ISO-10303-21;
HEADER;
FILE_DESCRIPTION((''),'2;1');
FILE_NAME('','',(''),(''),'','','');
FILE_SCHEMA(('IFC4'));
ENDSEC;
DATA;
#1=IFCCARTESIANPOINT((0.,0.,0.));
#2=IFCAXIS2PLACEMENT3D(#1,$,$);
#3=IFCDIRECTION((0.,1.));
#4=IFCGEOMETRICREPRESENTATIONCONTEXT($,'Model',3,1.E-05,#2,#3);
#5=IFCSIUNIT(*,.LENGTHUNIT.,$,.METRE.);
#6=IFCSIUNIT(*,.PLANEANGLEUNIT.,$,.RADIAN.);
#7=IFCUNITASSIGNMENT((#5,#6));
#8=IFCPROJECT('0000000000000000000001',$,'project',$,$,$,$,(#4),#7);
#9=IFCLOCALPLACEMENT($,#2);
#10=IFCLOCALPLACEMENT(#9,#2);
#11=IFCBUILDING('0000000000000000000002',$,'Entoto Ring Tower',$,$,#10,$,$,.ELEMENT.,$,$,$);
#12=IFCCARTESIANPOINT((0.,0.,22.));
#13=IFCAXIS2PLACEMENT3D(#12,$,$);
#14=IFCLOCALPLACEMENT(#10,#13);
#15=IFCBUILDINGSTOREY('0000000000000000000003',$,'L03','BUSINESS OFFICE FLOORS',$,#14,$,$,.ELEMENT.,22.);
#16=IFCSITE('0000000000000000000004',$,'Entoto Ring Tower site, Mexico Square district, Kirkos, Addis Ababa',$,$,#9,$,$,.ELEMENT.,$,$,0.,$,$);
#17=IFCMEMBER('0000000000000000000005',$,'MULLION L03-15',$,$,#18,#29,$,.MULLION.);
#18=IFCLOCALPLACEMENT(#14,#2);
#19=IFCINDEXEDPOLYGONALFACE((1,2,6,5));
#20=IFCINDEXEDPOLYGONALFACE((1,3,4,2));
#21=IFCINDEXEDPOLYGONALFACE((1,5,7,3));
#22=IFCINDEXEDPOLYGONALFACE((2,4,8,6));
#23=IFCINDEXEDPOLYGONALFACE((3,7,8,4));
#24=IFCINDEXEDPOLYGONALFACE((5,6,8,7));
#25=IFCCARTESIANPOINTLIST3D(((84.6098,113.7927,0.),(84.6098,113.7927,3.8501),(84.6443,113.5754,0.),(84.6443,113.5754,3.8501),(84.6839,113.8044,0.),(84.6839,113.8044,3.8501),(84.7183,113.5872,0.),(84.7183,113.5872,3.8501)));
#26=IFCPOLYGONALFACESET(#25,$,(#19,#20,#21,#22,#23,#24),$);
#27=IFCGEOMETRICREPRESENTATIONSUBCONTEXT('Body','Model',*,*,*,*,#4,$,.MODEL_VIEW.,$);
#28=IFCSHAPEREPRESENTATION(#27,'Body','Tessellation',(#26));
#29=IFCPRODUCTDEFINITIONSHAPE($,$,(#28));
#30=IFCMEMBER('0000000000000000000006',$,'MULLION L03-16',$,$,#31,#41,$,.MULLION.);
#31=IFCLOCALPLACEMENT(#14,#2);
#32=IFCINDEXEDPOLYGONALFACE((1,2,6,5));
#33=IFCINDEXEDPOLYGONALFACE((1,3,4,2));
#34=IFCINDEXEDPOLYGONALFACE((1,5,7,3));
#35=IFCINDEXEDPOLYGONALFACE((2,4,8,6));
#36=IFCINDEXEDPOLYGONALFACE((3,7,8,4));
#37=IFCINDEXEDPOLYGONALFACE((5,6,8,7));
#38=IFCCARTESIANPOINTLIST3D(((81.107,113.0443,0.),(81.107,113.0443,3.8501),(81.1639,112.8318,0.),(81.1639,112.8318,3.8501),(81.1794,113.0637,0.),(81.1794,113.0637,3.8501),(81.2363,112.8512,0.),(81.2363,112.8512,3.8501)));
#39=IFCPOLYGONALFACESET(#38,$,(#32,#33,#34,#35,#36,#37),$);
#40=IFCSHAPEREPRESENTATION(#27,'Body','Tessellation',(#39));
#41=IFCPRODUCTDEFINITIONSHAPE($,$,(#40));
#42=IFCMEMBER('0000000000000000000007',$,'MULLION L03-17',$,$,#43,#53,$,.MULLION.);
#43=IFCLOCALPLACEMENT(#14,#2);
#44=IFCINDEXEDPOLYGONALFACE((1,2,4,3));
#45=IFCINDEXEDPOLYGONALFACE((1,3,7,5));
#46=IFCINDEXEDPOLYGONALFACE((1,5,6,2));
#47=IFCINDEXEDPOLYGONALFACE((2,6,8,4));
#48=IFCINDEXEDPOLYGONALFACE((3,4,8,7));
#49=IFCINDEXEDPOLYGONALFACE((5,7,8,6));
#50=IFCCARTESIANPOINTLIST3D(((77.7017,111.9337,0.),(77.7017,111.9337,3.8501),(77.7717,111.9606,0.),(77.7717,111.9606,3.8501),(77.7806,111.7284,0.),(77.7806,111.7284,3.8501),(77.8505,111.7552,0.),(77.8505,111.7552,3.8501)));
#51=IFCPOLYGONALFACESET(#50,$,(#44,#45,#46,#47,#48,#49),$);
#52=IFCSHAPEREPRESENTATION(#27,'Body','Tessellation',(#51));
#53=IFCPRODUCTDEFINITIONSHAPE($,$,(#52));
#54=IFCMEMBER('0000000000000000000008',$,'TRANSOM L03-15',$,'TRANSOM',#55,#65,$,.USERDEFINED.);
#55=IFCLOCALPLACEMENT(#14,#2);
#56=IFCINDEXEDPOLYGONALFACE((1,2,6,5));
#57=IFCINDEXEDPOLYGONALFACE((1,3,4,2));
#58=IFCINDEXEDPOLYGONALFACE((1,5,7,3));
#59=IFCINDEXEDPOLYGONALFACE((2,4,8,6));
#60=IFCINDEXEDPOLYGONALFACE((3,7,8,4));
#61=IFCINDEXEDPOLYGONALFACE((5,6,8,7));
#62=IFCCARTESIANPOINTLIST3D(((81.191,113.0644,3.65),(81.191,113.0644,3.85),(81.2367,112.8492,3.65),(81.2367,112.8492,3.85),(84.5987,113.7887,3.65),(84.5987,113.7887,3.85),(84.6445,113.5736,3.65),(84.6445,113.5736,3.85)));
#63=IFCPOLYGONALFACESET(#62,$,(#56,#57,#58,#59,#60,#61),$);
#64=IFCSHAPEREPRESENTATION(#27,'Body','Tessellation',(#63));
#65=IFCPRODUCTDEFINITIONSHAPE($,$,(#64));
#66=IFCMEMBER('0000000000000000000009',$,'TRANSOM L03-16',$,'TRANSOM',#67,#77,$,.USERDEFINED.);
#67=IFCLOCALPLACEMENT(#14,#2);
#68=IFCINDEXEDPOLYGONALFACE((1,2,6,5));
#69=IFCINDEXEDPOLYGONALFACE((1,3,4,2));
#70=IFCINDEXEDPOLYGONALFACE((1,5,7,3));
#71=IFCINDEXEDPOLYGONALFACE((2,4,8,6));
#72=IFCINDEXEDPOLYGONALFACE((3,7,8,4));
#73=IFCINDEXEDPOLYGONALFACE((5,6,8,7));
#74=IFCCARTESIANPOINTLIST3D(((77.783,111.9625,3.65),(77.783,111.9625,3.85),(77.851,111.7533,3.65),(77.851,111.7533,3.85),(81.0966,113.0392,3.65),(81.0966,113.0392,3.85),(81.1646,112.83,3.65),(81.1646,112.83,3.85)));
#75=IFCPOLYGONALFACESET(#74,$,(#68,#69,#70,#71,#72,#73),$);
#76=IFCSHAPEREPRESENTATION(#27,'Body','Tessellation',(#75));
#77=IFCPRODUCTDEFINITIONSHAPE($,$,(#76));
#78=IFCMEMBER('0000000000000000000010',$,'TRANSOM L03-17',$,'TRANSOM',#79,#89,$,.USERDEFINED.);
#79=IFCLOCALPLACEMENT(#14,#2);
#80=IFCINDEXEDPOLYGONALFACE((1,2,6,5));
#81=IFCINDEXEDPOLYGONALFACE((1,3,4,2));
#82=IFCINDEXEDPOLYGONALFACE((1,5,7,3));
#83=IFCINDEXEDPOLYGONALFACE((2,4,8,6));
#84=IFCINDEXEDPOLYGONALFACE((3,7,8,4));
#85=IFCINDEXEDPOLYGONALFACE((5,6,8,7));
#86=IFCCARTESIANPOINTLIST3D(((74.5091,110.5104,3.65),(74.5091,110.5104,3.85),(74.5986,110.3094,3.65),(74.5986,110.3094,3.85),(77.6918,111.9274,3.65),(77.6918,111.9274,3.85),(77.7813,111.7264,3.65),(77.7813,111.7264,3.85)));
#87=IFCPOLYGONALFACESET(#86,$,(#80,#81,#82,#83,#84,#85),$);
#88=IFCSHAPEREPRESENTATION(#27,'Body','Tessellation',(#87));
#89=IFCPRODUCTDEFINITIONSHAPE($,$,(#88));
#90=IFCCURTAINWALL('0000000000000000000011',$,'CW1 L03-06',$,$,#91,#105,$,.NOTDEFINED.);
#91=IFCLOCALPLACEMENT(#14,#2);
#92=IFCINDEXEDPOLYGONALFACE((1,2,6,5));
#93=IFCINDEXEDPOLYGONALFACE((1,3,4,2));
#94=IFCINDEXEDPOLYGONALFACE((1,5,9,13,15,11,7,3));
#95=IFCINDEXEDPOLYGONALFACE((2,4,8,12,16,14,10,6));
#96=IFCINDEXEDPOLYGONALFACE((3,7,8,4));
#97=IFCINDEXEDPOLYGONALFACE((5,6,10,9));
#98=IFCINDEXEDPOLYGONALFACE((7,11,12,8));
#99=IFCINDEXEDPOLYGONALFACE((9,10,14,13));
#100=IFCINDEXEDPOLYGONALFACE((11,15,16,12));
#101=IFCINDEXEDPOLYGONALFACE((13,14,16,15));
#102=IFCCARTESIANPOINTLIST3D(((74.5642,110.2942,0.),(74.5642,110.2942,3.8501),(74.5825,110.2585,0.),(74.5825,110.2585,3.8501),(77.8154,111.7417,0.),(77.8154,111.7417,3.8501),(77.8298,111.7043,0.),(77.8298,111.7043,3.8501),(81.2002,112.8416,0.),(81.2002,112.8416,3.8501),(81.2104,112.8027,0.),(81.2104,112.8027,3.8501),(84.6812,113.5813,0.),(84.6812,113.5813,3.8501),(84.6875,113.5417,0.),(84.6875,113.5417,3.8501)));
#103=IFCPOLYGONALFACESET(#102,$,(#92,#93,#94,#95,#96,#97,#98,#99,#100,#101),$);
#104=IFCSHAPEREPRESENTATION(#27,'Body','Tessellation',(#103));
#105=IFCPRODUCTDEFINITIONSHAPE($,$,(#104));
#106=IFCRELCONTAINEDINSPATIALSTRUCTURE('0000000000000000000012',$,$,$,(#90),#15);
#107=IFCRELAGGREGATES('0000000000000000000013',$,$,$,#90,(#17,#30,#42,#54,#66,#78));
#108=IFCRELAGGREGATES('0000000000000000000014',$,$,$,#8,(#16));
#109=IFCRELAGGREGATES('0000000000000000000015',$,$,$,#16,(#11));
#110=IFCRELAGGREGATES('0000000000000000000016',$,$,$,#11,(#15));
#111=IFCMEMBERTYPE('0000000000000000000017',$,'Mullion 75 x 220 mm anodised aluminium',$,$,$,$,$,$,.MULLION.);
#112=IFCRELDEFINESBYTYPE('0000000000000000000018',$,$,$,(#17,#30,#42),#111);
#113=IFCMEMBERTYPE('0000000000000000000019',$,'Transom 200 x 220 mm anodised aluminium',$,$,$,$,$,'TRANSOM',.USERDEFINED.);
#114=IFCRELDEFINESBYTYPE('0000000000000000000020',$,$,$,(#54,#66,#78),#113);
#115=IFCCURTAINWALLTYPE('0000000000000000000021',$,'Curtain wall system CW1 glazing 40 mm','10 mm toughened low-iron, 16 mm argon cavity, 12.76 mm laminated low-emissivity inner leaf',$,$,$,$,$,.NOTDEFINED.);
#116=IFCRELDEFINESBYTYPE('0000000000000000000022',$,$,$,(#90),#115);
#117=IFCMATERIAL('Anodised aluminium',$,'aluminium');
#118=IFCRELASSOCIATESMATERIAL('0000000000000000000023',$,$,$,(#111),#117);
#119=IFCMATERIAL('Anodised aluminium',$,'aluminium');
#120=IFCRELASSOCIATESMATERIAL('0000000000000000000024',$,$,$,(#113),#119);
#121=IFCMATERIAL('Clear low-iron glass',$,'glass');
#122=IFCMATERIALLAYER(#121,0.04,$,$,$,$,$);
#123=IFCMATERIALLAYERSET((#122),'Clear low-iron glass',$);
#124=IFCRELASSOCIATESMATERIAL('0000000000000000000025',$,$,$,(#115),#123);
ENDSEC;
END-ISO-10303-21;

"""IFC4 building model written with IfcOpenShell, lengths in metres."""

from ifc_helpers import new_model, si_unit, direction, frame, origin, origin_2d, place, context, subcontext, project, spatial, polyline, rectangle, outline, extrude, material, layer, layer_set, material_profile, profile_set, type_object, element, aggregate, save


model = new_model("IFC4")

# Units and contexts
model_context = context("Model", 3, precision=1e-05, world=origin(), true_north=direction((0.0, 1.0)))
body_context = subcontext(model_context, "Body", "Model", "MODEL_VIEW")
ifc_project = project(units=[si_unit("LENGTHUNIT", "METRE"), si_unit("PLANEANGLEUNIT", "RADIAN")], contexts=[model_context])

# Members
ifc_material_1 = material(Name="Anodised aluminium", Category="aluminium")
ifc_material_profile_1 = material_profile(ifc_material_1, rectangle(XDim=0.075, YDim=0.22, at=origin_2d()), Name="Mullion 75 x 220 mm anodised aluminium")
ifc_profile_set_1 = profile_set([ifc_material_profile_1], Name="Anodised aluminium")
member_type_1 = type_object("IfcMemberType", Name="Mullion 75 x 220 mm anodised aluminium", PredefinedType="MULLION", material=ifc_profile_set_1)
site_placement = place(None, origin())
building_placement = place(site_placement, origin())
storey_placement = place(building_placement, frame((0.0, 0.0, 22.0)))
member_1_placement = place(storey_placement, frame((84.6641, 113.6899, 0.0), z_axis=(0.0, 0.0, 1.0), x_axis=(-0.987688, -0.156434, 0.0)))
member_1 = element("IfcMember", 1, at=member_1_placement, type_object=member_type_1, Name="MULLION L03-15", PredefinedType="MULLION", context=body_context, shape_type="SweptSolid", body=[
    extrude(rectangle(XDim=0.075, YDim=0.22, at=origin_2d()), origin(), (0.0, 0.0, 1.0), 3.8501),
])
member_2_placement = place(storey_placement, frame((81.1716, 112.9478, 0.0), z_axis=(0.0, 0.0, 1.0), x_axis=(-0.965926, -0.258819, 0.0)))
member_2 = element("IfcMember", 2, at=member_2_placement, type_object=member_type_1, Name="MULLION L03-16", PredefinedType="MULLION", context=body_context, shape_type="SweptSolid", body=[
    extrude(rectangle(XDim=0.075, YDim=0.22, at=origin_2d()), origin(), (0.0, 0.0, 1.0), 3.8501),
])
member_3_placement = place(storey_placement, frame((77.7761, 111.8445, 0.0), z_axis=(0.0, 0.0, 1.0), x_axis=(-0.93358, -0.358368, 0.0)))
member_3 = element("IfcMember", 3, at=member_3_placement, type_object=member_type_1, Name="MULLION L03-17", PredefinedType="MULLION", context=body_context, shape_type="SweptSolid", body=[
    extrude(rectangle(XDim=0.075, YDim=0.22, at=origin_2d()), origin(), (0.0, 0.0, 1.0), 3.8501),
])
ifc_material_2 = material(Name="Anodised aluminium", Category="aluminium")
ifc_material_profile_2 = material_profile(ifc_material_2, rectangle(XDim=0.22, YDim=0.2, at=origin_2d()), Name="Transom 200 x 220 mm anodised aluminium")
ifc_profile_set_2 = profile_set([ifc_material_profile_2], Name="Anodised aluminium")
member_type_2 = type_object("IfcMemberType", Name="Transom 200 x 220 mm anodised aluminium", ElementType="TRANSOM", PredefinedType="USERDEFINED", material=ifc_profile_set_2)
member_4_placement = place(storey_placement, frame((84.6216, 113.6812, 3.75), z_axis=(-0.978146, -0.207921, 0.0), x_axis=(0.207921, -0.978146, 0.0)))
member_4 = element("IfcMember", 4, at=member_4_placement, type_object=member_type_2, Name="TRANSOM L03-15", ObjectType="TRANSOM", PredefinedType="USERDEFINED", context=body_context, shape_type="SweptSolid", body=[
    extrude(rectangle(XDim=0.22, YDim=0.2, at=origin_2d()), origin(), (0.0, 0.0, 1.0), 3.4839),
])
member_5_placement = place(storey_placement, frame((81.1306, 112.9346, 3.75), z_axis=(-0.951053, -0.309029, 0.0), x_axis=(0.309029, -0.951053, 0.0)))
member_5 = element("IfcMember", 5, at=member_5_placement, type_object=member_type_2, Name="TRANSOM L03-16", ObjectType="TRANSOM", PredefinedType="USERDEFINED", context=body_context, shape_type="SweptSolid", body=[
    extrude(rectangle(XDim=0.22, YDim=0.2, at=origin_2d()), origin(), (0.0, 0.0, 1.0), 3.4841),
])
member_6_placement = place(storey_placement, frame((77.7366, 111.8269, 3.75), z_axis=(-0.913545, -0.406737, 0.0), x_axis=(0.406737, -0.913545, 0.0)))
member_6 = element("IfcMember", 6, at=member_6_placement, type_object=member_type_2, Name="TRANSOM L03-17", ObjectType="TRANSOM", PredefinedType="USERDEFINED", context=body_context, shape_type="SweptSolid", body=[
    extrude(rectangle(XDim=0.22, YDim=0.2, at=origin_2d()), origin(), (0.0, 0.0, 1.0), 3.4839),
])

# Site, building, storey
site = spatial("IfcSite", under=ifc_project, at=site_placement, Name="Entoto Ring Tower site, Mexico Square district, Kirkos, Addis Ababa", CompositionType="ELEMENT", RefElevation=0.0)
building = spatial("IfcBuilding", under=site, at=building_placement, Name="Entoto Ring Tower", CompositionType="ELEMENT")
storey = spatial("IfcBuildingStorey", under=building, at=storey_placement, Name="L03", Description="BUSINESS OFFICE FLOORS", CompositionType="ELEMENT", Elevation=22.0)

# Curtain wall
ifc_material_3 = material(Name="Clear low-iron glass", Category="glass")
ifc_layer = layer(ifc_material_3, 0.04)
ifc_layer_set = layer_set([ifc_layer], Name="Clear low-iron glass")
curtain_wall_type = type_object("IfcCurtainWallType", Name="Curtain wall system CW1 glazing 40 mm", Description="10 mm toughened low-iron, 16 mm argon cavity, 12.76 mm laminated low-emissivity inner leaf", PredefinedType="NOTDEFINED", material=ifc_layer_set)
curtain_wall_1_placement = place(storey_placement, origin())
curtain_wall_1 = element("IfcCurtainWall", 7, at=curtain_wall_1_placement, inside=storey, type_object=curtain_wall_type, Name="CW1 L03-06", PredefinedType="NOTDEFINED", context=body_context, shape_type="SweptSolid", body=[
    extrude(outline(polyline([(84.6812, 113.5813), (81.2002, 112.8416), (77.8154, 111.7417), (74.5642, 110.2942), (74.5825, 110.2585), (77.8298, 111.7043), (81.2104, 112.8027), (84.6875, 113.5417), (84.6812, 113.5813)])), origin(), (0.0, 0.0, 1.0), 3.8501),
])
aggregate(curtain_wall_1, [member_1, member_2, member_3, member_4, member_5, member_6])

save(model, "model.ifc")
